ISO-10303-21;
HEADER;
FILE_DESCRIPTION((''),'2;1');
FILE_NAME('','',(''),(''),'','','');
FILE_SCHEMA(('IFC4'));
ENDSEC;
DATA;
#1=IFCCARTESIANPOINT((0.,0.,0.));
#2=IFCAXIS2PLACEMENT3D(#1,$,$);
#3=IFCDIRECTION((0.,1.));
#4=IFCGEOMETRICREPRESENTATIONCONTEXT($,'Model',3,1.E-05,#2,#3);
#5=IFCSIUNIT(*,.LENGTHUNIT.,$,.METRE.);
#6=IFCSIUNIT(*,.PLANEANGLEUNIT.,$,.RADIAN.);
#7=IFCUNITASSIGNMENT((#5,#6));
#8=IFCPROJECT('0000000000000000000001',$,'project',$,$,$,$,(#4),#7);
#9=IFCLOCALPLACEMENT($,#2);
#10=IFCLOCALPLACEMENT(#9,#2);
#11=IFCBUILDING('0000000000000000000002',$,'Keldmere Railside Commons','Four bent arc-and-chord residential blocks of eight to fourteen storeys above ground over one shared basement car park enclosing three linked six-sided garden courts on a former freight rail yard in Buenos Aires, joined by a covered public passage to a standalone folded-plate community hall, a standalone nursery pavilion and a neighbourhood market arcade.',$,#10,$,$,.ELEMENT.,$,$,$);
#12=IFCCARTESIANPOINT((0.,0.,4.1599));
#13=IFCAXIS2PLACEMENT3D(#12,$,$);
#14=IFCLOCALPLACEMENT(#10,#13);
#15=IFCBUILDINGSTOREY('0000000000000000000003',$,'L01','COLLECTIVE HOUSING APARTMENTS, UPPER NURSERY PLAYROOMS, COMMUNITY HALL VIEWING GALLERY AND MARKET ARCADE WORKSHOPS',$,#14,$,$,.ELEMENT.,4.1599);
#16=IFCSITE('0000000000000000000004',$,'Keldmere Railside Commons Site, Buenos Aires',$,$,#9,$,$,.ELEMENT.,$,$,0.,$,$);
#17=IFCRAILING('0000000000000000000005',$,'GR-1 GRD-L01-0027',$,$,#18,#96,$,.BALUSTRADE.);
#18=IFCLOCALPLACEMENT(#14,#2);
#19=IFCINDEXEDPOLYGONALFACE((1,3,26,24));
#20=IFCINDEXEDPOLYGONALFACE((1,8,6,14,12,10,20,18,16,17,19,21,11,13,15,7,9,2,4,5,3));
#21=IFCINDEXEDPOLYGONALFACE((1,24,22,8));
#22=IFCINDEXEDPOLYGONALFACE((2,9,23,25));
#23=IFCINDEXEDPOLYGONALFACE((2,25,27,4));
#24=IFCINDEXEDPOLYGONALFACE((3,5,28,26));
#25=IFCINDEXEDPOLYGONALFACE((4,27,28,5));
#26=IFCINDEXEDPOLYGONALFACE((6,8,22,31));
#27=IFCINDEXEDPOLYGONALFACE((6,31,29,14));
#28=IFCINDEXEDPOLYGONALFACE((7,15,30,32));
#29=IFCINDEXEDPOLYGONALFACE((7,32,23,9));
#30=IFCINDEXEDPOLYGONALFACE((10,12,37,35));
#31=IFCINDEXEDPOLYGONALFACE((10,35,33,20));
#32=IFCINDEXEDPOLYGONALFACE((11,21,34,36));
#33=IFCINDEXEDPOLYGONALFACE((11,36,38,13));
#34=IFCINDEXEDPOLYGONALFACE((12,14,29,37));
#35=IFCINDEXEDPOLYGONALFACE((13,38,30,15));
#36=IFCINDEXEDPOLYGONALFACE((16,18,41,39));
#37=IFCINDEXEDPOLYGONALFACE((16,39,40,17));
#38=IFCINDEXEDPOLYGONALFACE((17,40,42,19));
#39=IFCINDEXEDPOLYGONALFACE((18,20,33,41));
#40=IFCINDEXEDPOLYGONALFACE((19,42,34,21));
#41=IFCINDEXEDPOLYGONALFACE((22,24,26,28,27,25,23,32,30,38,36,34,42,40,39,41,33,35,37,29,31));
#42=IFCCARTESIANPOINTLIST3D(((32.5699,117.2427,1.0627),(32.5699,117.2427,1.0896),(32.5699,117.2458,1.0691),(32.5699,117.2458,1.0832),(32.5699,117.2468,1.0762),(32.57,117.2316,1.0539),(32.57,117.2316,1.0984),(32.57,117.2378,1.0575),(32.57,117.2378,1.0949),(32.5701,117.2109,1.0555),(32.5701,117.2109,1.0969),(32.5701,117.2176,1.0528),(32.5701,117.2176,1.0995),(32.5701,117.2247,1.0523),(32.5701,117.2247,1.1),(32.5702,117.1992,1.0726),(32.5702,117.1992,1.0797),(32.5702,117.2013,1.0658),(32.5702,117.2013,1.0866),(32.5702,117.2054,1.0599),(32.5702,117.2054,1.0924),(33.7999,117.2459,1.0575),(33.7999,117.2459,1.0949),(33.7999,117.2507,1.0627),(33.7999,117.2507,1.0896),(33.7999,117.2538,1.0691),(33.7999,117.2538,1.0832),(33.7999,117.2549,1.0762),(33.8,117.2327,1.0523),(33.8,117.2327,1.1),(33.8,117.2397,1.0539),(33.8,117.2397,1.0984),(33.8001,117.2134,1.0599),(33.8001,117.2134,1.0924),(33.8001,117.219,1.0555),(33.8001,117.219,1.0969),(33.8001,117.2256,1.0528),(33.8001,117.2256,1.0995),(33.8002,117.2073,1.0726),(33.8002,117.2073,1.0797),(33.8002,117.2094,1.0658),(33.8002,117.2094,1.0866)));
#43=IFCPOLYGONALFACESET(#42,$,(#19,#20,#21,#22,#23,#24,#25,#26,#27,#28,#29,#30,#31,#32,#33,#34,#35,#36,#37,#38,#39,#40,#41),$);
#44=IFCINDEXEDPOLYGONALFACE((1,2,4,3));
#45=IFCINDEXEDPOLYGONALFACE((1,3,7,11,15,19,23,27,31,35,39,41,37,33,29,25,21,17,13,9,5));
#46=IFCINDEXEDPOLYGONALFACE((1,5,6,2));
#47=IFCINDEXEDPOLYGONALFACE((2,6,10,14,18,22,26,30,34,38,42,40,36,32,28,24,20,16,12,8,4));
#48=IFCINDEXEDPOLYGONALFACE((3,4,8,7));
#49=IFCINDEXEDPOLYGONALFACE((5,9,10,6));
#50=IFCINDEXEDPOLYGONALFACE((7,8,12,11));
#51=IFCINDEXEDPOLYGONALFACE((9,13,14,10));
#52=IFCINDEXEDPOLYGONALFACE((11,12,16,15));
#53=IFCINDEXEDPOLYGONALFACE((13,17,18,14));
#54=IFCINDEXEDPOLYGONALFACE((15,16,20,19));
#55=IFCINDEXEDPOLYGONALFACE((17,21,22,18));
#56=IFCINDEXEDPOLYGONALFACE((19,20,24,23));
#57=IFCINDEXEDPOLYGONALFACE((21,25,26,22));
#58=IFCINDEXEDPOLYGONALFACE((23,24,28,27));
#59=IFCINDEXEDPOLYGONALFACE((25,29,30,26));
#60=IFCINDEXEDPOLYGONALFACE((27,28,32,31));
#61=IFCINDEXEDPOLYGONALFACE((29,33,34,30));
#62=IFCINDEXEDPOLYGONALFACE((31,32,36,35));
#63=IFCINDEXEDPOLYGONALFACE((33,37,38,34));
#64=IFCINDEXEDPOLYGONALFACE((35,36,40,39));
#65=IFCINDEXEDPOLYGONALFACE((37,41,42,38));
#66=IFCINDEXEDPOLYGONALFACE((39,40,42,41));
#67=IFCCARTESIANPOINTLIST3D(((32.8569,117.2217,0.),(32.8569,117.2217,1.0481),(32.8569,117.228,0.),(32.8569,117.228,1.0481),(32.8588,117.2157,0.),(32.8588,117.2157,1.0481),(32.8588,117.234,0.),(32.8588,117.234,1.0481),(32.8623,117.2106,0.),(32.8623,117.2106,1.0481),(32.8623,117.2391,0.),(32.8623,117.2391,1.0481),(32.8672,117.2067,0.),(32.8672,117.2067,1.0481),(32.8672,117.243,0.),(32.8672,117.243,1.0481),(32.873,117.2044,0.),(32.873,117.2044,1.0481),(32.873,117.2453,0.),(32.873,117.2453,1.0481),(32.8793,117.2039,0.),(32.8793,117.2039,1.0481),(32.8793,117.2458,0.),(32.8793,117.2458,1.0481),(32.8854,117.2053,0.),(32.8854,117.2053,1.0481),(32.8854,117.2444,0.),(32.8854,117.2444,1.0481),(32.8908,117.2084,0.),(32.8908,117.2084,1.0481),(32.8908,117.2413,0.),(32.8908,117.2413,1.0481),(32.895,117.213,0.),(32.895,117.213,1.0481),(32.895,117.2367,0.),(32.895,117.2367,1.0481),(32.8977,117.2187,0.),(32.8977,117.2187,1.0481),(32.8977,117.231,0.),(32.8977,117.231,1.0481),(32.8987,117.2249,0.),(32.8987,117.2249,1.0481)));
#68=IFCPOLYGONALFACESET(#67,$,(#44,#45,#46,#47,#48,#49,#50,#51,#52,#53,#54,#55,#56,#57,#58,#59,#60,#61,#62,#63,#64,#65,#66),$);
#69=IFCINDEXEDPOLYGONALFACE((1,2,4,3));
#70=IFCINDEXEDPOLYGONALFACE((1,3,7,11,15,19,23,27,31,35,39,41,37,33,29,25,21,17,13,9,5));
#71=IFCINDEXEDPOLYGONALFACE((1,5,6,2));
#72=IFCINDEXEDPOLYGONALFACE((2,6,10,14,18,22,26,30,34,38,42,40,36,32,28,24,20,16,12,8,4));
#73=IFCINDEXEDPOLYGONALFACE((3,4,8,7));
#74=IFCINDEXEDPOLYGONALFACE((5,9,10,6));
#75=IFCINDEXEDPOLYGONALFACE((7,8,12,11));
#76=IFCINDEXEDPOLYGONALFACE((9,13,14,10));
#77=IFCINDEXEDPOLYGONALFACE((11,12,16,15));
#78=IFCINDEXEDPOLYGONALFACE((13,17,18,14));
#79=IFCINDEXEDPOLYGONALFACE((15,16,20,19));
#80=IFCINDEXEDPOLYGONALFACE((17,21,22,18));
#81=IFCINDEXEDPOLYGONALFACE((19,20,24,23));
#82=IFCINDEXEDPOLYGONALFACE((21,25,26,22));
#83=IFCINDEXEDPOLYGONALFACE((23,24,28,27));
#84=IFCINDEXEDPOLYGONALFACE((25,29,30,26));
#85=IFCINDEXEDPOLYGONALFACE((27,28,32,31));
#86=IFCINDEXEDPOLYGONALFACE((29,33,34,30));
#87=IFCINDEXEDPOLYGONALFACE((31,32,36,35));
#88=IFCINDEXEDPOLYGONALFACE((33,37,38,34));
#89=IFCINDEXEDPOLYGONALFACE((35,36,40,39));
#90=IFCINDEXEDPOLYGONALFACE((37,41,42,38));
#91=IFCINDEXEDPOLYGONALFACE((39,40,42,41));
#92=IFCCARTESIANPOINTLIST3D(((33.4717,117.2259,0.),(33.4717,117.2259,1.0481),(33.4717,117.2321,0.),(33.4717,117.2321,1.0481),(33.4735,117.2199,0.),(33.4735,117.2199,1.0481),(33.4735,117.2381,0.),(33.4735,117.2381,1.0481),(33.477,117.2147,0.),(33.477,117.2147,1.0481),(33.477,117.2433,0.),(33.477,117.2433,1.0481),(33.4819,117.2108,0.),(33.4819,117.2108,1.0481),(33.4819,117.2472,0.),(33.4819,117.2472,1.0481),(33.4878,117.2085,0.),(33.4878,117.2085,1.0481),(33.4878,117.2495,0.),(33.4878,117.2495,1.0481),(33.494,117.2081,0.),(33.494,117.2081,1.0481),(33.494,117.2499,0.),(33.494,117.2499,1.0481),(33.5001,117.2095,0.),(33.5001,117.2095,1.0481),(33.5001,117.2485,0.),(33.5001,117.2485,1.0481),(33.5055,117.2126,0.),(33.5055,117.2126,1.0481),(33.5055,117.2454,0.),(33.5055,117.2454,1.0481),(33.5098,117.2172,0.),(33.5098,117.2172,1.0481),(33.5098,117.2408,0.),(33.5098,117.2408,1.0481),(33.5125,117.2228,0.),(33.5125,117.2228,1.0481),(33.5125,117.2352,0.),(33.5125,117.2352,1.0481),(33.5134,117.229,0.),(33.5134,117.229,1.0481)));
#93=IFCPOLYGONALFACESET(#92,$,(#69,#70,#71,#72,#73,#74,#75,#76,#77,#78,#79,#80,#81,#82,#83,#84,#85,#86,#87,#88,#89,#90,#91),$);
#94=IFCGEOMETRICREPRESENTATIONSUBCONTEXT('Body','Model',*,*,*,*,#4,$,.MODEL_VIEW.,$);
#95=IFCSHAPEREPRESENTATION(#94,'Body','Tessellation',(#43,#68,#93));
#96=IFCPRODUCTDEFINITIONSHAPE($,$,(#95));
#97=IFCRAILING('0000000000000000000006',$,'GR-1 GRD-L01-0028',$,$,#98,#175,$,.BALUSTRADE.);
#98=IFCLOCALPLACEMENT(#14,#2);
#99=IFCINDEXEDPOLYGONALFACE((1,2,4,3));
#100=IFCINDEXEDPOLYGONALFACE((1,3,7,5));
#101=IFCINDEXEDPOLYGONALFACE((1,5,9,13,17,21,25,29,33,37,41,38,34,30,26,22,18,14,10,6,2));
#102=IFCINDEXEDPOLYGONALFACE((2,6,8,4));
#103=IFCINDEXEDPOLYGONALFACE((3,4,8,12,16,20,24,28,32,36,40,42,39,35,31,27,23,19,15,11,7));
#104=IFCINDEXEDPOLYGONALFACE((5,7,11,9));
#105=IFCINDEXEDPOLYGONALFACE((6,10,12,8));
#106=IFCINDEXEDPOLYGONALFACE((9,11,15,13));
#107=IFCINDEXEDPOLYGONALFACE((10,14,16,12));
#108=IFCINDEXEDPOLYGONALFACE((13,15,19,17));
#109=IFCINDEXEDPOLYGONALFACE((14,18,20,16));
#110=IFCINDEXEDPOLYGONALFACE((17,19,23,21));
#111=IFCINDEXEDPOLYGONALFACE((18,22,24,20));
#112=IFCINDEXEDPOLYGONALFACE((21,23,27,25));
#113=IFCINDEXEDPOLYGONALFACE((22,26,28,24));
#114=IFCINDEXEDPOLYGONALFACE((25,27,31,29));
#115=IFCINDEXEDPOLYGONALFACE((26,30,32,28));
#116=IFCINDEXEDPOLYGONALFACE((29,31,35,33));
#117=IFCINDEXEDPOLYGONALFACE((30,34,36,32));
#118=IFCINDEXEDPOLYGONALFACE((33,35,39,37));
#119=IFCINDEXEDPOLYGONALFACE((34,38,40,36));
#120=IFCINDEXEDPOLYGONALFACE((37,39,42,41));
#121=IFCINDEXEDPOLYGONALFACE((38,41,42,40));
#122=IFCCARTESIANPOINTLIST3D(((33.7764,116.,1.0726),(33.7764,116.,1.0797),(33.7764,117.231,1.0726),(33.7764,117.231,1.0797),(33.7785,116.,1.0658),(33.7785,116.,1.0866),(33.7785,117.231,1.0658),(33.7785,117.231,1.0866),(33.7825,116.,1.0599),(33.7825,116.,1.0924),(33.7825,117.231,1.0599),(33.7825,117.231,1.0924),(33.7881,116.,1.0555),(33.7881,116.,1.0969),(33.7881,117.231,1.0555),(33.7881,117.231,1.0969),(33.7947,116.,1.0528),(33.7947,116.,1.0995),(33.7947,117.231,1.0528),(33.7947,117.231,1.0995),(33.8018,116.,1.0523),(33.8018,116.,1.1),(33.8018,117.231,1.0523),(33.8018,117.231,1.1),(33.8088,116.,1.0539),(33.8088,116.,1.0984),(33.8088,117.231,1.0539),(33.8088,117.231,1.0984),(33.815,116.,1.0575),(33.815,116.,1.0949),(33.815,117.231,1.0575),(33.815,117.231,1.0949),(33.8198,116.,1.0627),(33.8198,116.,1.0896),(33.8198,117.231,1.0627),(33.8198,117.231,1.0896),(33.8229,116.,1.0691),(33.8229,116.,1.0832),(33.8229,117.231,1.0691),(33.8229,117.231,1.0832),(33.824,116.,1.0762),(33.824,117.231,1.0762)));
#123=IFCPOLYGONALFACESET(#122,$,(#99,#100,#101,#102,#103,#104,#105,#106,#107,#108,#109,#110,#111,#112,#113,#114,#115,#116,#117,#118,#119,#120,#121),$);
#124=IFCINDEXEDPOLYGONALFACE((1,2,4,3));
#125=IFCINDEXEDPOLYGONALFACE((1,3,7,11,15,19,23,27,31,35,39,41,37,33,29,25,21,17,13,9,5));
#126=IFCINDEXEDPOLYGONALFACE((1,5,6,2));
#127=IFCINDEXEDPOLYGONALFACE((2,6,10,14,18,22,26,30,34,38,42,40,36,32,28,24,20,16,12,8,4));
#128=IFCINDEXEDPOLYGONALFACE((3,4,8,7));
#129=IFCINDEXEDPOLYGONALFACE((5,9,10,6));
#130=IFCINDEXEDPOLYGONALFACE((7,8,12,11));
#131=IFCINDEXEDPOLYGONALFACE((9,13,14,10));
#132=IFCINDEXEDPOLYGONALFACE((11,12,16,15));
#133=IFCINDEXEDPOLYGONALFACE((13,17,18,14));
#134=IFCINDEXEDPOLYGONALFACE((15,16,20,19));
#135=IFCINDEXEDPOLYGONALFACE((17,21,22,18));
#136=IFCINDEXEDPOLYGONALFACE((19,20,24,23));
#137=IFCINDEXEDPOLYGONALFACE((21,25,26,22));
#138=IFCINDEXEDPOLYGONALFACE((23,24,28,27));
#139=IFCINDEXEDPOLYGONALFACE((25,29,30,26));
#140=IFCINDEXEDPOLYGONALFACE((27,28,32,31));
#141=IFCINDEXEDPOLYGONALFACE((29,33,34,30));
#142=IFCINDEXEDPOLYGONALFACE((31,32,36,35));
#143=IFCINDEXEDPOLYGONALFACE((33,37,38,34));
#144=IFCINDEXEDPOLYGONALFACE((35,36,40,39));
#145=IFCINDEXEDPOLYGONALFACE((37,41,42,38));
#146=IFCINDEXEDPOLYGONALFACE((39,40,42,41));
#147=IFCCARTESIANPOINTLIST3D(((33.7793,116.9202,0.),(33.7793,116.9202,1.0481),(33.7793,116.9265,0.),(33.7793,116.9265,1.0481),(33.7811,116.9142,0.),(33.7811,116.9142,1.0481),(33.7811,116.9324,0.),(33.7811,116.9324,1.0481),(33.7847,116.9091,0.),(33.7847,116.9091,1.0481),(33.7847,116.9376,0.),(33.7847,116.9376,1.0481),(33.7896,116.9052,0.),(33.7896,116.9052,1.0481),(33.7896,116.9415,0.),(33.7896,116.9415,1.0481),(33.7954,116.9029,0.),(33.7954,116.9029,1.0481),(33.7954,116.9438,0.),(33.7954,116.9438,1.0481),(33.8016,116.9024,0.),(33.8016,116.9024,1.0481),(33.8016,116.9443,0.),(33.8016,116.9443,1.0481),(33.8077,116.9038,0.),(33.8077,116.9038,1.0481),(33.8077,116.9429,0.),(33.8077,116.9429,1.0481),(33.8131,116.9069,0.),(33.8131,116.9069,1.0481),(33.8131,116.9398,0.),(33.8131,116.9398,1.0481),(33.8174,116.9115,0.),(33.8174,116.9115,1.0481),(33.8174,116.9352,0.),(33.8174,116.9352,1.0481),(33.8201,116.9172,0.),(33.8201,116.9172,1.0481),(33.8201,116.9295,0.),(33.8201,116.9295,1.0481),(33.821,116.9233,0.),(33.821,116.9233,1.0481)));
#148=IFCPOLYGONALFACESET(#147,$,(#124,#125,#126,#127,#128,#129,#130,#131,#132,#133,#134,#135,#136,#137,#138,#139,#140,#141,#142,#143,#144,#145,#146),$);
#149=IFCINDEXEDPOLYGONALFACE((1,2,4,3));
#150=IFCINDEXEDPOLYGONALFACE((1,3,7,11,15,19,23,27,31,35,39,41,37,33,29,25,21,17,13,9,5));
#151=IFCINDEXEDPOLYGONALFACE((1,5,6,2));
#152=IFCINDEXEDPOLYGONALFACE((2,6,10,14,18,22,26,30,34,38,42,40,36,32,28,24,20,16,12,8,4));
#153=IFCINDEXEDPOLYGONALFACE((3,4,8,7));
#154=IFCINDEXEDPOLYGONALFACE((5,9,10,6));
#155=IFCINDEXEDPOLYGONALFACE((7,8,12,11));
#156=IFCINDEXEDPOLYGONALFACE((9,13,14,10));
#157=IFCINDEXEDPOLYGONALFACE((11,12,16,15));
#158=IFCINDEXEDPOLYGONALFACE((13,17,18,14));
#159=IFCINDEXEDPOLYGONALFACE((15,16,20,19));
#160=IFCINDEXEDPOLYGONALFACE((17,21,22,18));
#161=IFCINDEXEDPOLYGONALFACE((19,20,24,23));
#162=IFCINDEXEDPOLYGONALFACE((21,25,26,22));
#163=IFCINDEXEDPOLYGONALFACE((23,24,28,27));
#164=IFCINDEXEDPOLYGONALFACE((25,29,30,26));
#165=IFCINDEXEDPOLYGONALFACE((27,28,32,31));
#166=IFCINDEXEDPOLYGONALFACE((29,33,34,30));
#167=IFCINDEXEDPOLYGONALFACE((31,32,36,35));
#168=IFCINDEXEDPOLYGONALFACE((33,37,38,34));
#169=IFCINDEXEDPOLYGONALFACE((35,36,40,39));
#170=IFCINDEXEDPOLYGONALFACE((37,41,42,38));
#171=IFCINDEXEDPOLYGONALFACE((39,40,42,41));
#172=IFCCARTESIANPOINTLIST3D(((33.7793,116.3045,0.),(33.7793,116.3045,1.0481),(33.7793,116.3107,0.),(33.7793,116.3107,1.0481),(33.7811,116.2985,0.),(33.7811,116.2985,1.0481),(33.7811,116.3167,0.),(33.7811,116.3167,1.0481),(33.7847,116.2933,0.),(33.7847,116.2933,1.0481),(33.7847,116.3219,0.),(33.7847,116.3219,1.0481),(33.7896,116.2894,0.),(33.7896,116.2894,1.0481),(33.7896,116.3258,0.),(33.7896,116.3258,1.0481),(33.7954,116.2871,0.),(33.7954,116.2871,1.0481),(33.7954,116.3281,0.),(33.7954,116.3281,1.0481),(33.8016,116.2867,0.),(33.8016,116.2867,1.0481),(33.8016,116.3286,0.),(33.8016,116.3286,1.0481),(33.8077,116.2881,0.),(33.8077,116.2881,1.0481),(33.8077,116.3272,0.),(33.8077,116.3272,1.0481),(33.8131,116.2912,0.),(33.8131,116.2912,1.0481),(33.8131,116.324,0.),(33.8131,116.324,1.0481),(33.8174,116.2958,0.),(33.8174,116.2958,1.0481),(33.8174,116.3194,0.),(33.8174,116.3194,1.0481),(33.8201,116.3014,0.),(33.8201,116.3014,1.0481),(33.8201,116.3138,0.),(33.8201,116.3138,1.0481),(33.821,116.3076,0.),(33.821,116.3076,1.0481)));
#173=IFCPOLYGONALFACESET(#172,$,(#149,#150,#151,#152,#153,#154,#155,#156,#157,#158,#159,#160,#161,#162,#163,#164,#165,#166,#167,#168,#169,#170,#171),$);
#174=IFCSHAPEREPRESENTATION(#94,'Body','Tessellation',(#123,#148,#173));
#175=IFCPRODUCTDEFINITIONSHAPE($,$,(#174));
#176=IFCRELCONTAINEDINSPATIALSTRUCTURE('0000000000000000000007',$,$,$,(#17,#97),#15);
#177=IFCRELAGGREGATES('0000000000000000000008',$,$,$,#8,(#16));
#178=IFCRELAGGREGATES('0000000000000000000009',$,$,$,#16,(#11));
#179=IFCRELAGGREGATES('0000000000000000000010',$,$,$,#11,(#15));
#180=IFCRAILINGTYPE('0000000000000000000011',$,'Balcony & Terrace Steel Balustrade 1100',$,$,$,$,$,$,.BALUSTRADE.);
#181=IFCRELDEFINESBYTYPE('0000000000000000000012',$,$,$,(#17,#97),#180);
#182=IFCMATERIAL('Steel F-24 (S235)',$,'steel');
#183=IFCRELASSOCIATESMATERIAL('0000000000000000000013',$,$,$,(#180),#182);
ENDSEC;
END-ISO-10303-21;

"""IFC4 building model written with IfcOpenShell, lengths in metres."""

from ifc_helpers import new_model, si_unit, direction, frame, origin, origin_2d, place, context, subcontext, project, spatial, circle, extrude, material, type_object, element, save


model = new_model("IFC4")

# Units and contexts
model_context = context("Model", 3, precision=1e-05, world=origin(), true_north=direction((0.0, 1.0)))
body_context = subcontext(model_context, "Body", "Model", "MODEL_VIEW")
ifc_project = project(units=[si_unit("LENGTHUNIT", "METRE"), si_unit("PLANEANGLEUNIT", "RADIAN")], contexts=[model_context])

# Site, building, storey
site_placement = place(None, origin())
site = spatial("IfcSite", under=ifc_project, at=site_placement, Name="Keldmere Railside Commons Site, Buenos Aires", CompositionType="ELEMENT", RefElevation=0.0)
building_placement = place(site_placement, origin())
building = spatial("IfcBuilding", under=site, at=building_placement, Name="Keldmere Railside Commons", Description="Four bent arc-and-chord residential blocks of eight to fourteen storeys above ground over one shared basement car park enclosing three linked six-sided garden courts on a former freight rail yard in Buenos Aires, joined by a covered public passage to a standalone folded-plate community hall, a standalone nursery pavilion and a neighbourhood market arcade.", CompositionType="ELEMENT")
storey_placement = place(building_placement, frame((0.0, 0.0, 4.1599)))
storey = spatial("IfcBuildingStorey", under=building, at=storey_placement, Name="L01", Description="COLLECTIVE HOUSING APARTMENTS, UPPER NURSERY PLAYROOMS, COMMUNITY HALL VIEWING GALLERY AND MARKET ARCADE WORKSHOPS", CompositionType="ELEMENT", Elevation=4.1599)

# Railings
ifc_material_1 = material(Name="Steel F-24 (S235)", Category="steel")
railing_type = type_object("IfcRailingType", Name="Balcony & Terrace Steel Balustrade 1100", PredefinedType="BALUSTRADE", material=ifc_material_1)
railing_1_placement = place(storey_placement, frame((32.5701, 117.2229, 0.0)))
element("IfcRailing", 1, at=railing_1_placement, inside=storey, type_object=railing_type, Name="GR-1 GRD-L01-0027", PredefinedType="BALUSTRADE", context=body_context, shape_type="SweptSolid", body=[
    extrude(circle(Radius=0.0239, at=origin_2d()), frame((0.0, 0.0, 1.0762), z_axis=(0.999979, 0.00655, 0.0), x_axis=(-0.00655, 0.999979, 0.0)), (0.0, 0.0, 1.0), 1.23),
    extrude(circle(Radius=0.021, at=origin_2d()), frame((0.3076, 0.002, 0.0)), (0.0, 0.0, 1.0), 1.0481),
    extrude(circle(Radius=0.021, at=origin_2d()), frame((0.9224, 0.0061, 0.0)), (0.0, 0.0, 1.0), 1.0481),
])
railing_2_placement = place(storey_placement, frame((33.8, 117.231, 0.0)))
element("IfcRailing", 2, at=railing_2_placement, inside=storey, type_object=railing_type, Name="GR-1 GRD-L01-0028", PredefinedType="BALUSTRADE", context=body_context, shape_type="SweptSolid", body=[
    extrude(circle(Radius=0.0239, at=origin_2d()), frame((0.0, 0.0, 1.0762), z_axis=(0.0, -1.0, 0.0), x_axis=(1.0, 0.0, 0.0)), (0.0, 0.0, 1.0), 1.231),
    extrude(circle(Radius=0.021, at=origin_2d()), frame((0.0, -0.3076, 0.0)), (0.0, 0.0, 1.0), 1.0481),
    extrude(circle(Radius=0.021, at=origin_2d()), frame((0.0, -0.9233, 0.0)), (0.0, 0.0, 1.0), 1.0481),
])

save(model, "model.ifc")
